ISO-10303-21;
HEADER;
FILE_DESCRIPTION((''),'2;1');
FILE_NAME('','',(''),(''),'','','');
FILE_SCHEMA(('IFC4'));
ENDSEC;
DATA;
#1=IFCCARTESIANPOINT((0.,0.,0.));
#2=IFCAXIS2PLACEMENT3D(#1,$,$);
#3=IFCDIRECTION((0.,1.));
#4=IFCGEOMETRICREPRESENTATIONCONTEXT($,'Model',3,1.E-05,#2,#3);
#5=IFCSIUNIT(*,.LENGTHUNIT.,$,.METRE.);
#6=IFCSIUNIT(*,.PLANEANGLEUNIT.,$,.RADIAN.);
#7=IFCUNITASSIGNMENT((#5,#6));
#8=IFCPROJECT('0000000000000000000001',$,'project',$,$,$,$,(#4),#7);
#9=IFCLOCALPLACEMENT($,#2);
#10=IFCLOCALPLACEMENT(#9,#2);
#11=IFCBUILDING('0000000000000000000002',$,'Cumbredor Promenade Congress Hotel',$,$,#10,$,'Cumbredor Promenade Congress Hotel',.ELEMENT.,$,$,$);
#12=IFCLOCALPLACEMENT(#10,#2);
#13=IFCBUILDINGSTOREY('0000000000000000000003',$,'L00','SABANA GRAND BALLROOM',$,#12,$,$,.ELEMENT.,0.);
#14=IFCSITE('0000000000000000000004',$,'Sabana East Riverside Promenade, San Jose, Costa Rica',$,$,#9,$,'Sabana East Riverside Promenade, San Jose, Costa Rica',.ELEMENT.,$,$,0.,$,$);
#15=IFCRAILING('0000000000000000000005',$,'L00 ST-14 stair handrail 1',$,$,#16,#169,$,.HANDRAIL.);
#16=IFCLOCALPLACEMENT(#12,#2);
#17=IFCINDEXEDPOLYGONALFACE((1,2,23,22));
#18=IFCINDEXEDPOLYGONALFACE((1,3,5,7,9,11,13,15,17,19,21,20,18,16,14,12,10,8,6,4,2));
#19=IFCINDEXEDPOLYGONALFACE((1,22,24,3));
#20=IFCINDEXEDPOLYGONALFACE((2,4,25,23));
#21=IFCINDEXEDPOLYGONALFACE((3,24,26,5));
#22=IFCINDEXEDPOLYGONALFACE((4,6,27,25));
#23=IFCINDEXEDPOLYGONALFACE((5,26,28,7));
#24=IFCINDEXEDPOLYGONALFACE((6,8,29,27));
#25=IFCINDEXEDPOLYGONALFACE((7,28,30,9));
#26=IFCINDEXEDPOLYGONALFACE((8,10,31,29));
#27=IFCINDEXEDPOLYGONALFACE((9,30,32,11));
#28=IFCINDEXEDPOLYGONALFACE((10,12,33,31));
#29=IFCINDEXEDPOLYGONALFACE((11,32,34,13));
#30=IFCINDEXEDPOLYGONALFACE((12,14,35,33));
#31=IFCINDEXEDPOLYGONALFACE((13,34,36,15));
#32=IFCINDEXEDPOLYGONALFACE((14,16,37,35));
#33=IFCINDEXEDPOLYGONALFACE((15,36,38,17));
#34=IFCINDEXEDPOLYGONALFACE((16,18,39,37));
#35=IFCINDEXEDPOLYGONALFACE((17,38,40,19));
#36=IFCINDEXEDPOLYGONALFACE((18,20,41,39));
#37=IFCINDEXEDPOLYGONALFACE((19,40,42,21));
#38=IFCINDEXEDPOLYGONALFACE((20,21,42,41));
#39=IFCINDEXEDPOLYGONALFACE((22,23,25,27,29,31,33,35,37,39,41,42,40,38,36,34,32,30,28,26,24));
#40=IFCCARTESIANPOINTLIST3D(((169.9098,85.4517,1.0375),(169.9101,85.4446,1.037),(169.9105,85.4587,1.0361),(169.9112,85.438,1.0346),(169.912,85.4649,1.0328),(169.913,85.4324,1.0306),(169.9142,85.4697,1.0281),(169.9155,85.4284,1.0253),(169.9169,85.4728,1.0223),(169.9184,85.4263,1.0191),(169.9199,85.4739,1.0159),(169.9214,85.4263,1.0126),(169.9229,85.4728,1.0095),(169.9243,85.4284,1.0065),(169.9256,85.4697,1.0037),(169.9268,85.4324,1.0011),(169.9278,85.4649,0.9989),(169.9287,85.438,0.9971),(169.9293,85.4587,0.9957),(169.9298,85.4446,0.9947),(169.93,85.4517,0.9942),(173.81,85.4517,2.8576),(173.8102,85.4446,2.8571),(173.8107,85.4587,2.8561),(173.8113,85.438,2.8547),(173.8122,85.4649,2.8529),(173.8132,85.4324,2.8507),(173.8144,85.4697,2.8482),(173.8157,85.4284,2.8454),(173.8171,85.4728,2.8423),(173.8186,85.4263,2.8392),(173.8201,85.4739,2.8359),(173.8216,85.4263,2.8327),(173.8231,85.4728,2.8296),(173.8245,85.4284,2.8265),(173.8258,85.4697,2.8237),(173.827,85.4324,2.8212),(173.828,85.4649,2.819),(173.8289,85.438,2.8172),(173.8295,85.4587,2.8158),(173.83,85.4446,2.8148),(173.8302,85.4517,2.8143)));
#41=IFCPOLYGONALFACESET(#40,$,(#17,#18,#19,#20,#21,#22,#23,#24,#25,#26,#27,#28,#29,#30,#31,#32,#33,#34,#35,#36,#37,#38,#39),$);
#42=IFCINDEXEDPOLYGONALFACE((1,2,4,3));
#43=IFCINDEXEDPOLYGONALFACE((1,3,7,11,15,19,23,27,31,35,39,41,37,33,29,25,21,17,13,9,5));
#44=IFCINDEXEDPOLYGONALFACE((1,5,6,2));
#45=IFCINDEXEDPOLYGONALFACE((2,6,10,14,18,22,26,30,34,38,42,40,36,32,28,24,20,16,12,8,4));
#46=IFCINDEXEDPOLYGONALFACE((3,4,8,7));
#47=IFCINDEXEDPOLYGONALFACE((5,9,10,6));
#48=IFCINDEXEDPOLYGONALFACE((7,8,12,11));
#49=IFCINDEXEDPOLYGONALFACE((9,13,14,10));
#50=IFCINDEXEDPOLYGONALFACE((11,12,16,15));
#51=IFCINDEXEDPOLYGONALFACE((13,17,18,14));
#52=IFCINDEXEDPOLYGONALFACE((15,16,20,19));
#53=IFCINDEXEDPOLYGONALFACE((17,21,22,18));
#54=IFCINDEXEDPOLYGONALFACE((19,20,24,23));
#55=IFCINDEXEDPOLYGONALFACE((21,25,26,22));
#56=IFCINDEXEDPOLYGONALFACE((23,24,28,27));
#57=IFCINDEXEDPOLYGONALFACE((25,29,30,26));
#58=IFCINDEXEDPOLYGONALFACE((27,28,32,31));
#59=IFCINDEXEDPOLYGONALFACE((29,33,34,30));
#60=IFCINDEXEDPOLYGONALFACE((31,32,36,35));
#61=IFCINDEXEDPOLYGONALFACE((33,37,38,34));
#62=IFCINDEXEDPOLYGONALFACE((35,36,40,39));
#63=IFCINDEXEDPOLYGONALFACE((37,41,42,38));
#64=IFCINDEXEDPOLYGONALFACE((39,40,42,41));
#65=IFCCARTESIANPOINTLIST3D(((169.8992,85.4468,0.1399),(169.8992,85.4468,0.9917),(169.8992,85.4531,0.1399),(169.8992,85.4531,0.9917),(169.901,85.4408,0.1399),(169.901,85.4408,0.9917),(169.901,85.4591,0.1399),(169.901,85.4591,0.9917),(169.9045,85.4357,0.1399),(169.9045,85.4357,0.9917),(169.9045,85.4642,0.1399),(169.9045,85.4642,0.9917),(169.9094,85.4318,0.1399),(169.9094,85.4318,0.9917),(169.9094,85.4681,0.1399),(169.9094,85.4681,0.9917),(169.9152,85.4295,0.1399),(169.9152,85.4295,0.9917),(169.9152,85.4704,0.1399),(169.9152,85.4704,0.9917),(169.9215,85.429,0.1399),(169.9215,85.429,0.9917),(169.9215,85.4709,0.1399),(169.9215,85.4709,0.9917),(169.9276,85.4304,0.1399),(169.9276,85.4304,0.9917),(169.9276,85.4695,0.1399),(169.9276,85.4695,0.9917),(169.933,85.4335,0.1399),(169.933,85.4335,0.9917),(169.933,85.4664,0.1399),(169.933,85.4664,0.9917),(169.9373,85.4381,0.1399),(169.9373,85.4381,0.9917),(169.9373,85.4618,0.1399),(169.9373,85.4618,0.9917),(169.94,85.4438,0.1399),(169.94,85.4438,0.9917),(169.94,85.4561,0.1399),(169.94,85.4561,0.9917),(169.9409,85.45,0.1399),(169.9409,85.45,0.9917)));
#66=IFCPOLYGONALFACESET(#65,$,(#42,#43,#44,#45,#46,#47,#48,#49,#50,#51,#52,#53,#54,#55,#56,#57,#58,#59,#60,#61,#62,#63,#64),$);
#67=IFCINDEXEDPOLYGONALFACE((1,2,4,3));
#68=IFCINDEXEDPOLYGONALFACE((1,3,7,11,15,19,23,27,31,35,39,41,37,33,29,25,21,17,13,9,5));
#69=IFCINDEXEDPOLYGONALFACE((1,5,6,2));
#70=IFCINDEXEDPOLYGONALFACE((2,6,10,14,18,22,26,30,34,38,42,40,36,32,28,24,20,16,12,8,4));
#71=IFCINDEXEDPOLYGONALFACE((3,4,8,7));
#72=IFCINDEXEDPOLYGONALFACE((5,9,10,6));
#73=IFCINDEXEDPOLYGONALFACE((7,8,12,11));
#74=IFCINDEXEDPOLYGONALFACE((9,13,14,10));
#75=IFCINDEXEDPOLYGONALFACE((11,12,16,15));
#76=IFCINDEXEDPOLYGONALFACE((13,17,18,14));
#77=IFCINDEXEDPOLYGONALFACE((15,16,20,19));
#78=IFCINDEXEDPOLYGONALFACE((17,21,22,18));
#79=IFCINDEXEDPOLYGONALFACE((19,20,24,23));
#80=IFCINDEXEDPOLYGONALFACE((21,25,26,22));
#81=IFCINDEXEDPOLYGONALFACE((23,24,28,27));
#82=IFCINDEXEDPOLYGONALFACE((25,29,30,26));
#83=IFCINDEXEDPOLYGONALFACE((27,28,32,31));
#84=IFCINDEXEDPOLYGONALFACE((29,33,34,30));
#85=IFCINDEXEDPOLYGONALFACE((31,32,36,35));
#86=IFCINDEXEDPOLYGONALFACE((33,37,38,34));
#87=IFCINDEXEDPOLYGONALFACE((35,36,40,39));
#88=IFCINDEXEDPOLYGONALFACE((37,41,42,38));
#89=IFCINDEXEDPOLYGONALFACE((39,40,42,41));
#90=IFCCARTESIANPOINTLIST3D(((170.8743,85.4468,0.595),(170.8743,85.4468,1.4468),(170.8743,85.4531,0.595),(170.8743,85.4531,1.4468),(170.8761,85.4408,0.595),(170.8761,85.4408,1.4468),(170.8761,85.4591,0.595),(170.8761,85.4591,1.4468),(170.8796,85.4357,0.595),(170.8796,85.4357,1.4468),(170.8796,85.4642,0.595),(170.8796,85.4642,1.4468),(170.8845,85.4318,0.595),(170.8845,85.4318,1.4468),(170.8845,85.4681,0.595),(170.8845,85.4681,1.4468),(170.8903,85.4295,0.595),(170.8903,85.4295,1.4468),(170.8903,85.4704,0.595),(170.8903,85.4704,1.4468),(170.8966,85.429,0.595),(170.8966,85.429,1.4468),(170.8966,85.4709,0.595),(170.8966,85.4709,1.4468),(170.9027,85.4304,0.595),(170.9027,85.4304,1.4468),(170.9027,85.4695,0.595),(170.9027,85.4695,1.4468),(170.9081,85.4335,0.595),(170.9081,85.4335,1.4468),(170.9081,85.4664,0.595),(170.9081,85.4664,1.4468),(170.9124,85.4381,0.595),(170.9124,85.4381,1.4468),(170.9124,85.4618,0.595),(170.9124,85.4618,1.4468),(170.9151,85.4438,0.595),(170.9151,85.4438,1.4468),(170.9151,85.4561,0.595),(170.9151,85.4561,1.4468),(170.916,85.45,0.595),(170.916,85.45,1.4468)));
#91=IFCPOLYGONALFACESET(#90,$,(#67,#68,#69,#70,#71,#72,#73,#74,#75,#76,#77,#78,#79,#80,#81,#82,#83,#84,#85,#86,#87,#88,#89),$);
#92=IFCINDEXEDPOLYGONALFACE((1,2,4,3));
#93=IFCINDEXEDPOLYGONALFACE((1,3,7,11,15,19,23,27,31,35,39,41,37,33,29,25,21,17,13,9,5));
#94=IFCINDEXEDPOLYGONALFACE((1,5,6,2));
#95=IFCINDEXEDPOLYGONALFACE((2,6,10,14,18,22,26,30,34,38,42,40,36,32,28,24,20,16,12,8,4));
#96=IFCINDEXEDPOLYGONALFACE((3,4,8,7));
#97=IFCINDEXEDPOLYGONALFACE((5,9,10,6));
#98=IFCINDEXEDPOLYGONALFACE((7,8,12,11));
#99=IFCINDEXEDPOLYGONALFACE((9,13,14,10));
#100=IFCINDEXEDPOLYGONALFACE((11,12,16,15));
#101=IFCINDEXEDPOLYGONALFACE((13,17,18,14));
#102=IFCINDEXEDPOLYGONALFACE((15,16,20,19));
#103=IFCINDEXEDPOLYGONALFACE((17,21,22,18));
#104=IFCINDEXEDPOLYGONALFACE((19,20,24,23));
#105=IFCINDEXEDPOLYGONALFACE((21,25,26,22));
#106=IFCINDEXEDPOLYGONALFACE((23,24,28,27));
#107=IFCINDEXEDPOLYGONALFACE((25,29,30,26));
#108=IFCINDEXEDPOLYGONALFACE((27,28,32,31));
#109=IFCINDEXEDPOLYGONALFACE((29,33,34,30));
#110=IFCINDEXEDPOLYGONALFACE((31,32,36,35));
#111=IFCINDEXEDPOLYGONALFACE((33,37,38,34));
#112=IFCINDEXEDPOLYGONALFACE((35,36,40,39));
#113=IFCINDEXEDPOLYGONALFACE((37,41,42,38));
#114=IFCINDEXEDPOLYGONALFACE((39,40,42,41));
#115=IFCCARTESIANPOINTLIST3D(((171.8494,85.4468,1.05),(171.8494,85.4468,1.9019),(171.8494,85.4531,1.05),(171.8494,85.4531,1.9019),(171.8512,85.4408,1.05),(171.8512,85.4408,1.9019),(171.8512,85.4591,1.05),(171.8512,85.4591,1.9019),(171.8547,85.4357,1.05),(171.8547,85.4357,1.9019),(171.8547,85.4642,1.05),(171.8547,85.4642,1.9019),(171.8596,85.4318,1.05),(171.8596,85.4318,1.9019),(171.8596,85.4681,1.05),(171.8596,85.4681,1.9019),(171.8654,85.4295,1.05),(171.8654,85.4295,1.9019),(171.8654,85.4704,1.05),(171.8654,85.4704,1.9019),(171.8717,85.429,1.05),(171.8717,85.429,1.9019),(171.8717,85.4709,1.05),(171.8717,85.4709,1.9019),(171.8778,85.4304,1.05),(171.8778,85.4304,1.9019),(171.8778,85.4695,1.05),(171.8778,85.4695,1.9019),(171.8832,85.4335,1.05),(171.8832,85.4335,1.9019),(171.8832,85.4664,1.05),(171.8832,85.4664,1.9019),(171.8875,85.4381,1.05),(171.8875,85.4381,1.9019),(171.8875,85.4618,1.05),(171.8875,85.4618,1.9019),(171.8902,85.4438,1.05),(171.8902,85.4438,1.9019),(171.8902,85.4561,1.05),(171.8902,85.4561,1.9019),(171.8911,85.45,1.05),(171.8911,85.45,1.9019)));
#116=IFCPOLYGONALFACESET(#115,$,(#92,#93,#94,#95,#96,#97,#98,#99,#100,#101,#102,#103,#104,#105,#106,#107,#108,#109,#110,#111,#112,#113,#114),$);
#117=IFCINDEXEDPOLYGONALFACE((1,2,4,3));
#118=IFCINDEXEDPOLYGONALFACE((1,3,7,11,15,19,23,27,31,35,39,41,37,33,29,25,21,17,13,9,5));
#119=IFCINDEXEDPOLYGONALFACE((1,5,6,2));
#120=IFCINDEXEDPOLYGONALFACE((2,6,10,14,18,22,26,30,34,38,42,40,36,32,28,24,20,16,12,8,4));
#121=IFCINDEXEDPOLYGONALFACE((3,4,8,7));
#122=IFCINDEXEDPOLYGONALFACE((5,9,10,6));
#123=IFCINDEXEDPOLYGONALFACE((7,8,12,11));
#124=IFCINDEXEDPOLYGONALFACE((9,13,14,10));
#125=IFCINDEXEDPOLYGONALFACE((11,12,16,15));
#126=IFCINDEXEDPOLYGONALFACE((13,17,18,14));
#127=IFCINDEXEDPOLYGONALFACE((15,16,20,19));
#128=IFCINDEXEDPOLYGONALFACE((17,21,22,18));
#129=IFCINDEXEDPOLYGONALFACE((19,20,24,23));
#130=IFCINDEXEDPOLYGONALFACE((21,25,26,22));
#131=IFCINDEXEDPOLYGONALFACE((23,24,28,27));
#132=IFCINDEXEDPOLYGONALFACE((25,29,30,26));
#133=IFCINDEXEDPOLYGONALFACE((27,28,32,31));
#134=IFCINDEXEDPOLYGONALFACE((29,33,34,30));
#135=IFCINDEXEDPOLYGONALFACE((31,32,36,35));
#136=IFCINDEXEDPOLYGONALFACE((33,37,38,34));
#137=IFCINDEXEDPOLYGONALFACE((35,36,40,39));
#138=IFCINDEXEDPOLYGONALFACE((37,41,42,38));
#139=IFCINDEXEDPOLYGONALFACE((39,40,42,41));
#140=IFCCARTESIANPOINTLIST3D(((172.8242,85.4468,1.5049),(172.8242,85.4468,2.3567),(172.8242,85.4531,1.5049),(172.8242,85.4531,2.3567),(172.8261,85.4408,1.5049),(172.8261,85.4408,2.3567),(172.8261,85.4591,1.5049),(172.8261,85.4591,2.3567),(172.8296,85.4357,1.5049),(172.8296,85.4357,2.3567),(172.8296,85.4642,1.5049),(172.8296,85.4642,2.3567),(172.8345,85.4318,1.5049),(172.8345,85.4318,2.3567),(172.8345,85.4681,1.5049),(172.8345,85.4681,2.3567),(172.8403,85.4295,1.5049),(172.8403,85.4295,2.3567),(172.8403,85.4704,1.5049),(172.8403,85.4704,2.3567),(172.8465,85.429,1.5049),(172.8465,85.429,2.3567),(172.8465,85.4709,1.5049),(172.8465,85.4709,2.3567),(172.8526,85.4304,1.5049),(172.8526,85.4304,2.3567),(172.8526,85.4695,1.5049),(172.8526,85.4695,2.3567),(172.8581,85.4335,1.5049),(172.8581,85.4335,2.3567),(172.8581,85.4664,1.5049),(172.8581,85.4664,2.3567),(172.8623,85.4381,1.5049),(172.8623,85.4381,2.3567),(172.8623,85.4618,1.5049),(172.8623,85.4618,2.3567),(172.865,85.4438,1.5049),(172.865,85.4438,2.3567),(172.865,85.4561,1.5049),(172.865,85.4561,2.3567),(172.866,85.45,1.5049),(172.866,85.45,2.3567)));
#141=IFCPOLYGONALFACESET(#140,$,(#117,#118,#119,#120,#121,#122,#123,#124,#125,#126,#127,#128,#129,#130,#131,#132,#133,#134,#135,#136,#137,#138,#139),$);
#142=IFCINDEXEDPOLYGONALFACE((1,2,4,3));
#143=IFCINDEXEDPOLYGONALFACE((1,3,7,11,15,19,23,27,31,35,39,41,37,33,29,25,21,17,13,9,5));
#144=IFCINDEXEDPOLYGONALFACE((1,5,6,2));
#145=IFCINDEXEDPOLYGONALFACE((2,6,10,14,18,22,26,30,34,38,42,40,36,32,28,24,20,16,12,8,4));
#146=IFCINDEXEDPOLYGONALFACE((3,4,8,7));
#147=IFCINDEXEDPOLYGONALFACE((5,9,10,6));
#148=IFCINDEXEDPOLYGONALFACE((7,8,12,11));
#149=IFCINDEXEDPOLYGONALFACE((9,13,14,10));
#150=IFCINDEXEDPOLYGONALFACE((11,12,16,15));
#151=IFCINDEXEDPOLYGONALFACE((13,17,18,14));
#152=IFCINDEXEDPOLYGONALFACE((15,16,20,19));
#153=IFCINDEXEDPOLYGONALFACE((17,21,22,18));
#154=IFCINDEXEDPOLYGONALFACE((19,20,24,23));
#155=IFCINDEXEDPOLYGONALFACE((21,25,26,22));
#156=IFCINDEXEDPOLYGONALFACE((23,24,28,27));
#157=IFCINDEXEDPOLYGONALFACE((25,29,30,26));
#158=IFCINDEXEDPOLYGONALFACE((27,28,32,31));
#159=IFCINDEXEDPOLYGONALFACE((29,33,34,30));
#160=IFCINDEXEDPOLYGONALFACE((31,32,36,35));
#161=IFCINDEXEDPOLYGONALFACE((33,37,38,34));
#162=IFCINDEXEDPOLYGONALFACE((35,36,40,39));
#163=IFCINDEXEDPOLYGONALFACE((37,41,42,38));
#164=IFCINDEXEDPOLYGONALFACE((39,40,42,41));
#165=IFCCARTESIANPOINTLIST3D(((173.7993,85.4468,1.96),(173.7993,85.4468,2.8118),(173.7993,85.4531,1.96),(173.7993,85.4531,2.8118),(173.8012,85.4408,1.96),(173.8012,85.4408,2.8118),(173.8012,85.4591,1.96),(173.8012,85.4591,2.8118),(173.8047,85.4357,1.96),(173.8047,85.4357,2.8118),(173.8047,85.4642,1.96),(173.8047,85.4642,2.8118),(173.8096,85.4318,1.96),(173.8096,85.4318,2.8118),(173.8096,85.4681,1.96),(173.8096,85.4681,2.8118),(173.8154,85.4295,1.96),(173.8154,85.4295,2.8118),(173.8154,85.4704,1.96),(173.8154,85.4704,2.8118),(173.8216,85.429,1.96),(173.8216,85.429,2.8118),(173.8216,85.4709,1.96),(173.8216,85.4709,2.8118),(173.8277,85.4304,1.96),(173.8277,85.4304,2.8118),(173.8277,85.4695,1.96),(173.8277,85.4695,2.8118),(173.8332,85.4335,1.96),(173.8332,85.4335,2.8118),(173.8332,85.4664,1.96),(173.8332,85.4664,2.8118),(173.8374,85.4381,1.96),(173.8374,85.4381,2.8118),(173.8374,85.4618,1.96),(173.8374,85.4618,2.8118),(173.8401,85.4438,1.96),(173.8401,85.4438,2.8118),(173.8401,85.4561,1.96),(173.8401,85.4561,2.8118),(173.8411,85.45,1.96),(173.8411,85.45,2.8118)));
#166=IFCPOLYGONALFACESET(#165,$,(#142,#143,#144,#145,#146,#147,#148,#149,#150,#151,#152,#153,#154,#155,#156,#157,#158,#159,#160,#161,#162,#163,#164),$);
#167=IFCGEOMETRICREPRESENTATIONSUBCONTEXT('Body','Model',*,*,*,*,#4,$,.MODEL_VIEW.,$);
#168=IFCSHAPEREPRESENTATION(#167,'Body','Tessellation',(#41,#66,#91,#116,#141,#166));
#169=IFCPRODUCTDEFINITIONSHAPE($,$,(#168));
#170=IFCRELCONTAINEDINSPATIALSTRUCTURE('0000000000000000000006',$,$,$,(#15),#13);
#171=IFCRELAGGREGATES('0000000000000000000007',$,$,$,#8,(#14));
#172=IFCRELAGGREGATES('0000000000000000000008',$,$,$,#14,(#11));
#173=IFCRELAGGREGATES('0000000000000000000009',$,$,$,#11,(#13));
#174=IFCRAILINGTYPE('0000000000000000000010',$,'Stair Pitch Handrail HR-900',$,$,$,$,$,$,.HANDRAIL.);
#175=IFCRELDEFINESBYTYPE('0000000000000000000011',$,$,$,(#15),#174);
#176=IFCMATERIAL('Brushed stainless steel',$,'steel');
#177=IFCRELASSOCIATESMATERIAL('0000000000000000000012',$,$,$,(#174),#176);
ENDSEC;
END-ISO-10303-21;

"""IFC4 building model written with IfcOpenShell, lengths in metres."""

from ifc_helpers import new_model, si_unit, direction, frame, origin, origin_2d, place, context, subcontext, project, spatial, circle, extrude, material, type_object, element, save


model = new_model("IFC4")

# Units and contexts
model_context = context("Model", 3, precision=1e-05, world=origin(), true_north=direction((0.0, 1.0)))
body_context = subcontext(model_context, "Body", "Model", "MODEL_VIEW")
ifc_project = project(units=[si_unit("LENGTHUNIT", "METRE"), si_unit("PLANEANGLEUNIT", "RADIAN")], contexts=[model_context])

# Site, building, storey
site_placement = place(None, origin())
site = spatial("IfcSite", under=ifc_project, at=site_placement, Name="Sabana East Riverside Promenade, San Jose, Costa Rica", LongName="Sabana East Riverside Promenade, San Jose, Costa Rica", CompositionType="ELEMENT", RefElevation=0.0)
building_placement = place(site_placement, origin())
building = spatial("IfcBuilding", under=site, at=building_placement, Name="Cumbredor Promenade Congress Hotel", LongName="Cumbredor Promenade Congress Hotel", CompositionType="ELEMENT")
storey_placement = place(building_placement, origin())
storey = spatial("IfcBuildingStorey", under=building, at=storey_placement, Name="L00", Description="SABANA GRAND BALLROOM", CompositionType="ELEMENT", Elevation=0.0)

# Railing
ifc_material_1 = material(Name="Brushed stainless steel", Category="steel")
railing_type_1 = type_object("IfcRailingType", Name="Stair Pitch Handrail HR-900", PredefinedType="HANDRAIL", material=ifc_material_1)
railing_1_placement = place(storey_placement, frame((169.9199, 85.45, 0.1399)))
element("IfcRailing", 1, at=railing_1_placement, inside=storey, type_object=railing_type_1, Name="L00 ST-14 stair handrail 1", PredefinedType="HANDRAIL", context=body_context, shape_type="SweptSolid", body=[
    extrude(circle(Radius=0.0239, at=origin_2d()), frame((0.0, 0.0, 0.876), z_axis=(0.906183, 0.0, 0.422885), x_axis=(0.0, 1.0, 0.0)), (0.0, 0.0, 1.0), 4.304),
    extrude(circle(Radius=0.021, at=origin_2d()), origin(), (0.0, 0.0, 1.0), 0.8518),
    extrude(circle(Radius=0.021, at=origin_2d()), frame((0.9751, 0.0, 0.4551)), (0.0, 0.0, 1.0), 0.8518),
    extrude(circle(Radius=0.021, at=origin_2d()), frame((1.9502, 0.0, 0.9102)), (0.0, 0.0, 1.0), 0.8518),
    extrude(circle(Radius=0.021, at=origin_2d()), frame((2.925, 0.0, 1.365)), (0.0, 0.0, 1.0), 0.8518),
    extrude(circle(Radius=0.021, at=origin_2d()), frame((3.9001, 0.0, 1.8201)), (0.0, 0.0, 1.0), 0.8518),
])

save(model, "model.ifc")
